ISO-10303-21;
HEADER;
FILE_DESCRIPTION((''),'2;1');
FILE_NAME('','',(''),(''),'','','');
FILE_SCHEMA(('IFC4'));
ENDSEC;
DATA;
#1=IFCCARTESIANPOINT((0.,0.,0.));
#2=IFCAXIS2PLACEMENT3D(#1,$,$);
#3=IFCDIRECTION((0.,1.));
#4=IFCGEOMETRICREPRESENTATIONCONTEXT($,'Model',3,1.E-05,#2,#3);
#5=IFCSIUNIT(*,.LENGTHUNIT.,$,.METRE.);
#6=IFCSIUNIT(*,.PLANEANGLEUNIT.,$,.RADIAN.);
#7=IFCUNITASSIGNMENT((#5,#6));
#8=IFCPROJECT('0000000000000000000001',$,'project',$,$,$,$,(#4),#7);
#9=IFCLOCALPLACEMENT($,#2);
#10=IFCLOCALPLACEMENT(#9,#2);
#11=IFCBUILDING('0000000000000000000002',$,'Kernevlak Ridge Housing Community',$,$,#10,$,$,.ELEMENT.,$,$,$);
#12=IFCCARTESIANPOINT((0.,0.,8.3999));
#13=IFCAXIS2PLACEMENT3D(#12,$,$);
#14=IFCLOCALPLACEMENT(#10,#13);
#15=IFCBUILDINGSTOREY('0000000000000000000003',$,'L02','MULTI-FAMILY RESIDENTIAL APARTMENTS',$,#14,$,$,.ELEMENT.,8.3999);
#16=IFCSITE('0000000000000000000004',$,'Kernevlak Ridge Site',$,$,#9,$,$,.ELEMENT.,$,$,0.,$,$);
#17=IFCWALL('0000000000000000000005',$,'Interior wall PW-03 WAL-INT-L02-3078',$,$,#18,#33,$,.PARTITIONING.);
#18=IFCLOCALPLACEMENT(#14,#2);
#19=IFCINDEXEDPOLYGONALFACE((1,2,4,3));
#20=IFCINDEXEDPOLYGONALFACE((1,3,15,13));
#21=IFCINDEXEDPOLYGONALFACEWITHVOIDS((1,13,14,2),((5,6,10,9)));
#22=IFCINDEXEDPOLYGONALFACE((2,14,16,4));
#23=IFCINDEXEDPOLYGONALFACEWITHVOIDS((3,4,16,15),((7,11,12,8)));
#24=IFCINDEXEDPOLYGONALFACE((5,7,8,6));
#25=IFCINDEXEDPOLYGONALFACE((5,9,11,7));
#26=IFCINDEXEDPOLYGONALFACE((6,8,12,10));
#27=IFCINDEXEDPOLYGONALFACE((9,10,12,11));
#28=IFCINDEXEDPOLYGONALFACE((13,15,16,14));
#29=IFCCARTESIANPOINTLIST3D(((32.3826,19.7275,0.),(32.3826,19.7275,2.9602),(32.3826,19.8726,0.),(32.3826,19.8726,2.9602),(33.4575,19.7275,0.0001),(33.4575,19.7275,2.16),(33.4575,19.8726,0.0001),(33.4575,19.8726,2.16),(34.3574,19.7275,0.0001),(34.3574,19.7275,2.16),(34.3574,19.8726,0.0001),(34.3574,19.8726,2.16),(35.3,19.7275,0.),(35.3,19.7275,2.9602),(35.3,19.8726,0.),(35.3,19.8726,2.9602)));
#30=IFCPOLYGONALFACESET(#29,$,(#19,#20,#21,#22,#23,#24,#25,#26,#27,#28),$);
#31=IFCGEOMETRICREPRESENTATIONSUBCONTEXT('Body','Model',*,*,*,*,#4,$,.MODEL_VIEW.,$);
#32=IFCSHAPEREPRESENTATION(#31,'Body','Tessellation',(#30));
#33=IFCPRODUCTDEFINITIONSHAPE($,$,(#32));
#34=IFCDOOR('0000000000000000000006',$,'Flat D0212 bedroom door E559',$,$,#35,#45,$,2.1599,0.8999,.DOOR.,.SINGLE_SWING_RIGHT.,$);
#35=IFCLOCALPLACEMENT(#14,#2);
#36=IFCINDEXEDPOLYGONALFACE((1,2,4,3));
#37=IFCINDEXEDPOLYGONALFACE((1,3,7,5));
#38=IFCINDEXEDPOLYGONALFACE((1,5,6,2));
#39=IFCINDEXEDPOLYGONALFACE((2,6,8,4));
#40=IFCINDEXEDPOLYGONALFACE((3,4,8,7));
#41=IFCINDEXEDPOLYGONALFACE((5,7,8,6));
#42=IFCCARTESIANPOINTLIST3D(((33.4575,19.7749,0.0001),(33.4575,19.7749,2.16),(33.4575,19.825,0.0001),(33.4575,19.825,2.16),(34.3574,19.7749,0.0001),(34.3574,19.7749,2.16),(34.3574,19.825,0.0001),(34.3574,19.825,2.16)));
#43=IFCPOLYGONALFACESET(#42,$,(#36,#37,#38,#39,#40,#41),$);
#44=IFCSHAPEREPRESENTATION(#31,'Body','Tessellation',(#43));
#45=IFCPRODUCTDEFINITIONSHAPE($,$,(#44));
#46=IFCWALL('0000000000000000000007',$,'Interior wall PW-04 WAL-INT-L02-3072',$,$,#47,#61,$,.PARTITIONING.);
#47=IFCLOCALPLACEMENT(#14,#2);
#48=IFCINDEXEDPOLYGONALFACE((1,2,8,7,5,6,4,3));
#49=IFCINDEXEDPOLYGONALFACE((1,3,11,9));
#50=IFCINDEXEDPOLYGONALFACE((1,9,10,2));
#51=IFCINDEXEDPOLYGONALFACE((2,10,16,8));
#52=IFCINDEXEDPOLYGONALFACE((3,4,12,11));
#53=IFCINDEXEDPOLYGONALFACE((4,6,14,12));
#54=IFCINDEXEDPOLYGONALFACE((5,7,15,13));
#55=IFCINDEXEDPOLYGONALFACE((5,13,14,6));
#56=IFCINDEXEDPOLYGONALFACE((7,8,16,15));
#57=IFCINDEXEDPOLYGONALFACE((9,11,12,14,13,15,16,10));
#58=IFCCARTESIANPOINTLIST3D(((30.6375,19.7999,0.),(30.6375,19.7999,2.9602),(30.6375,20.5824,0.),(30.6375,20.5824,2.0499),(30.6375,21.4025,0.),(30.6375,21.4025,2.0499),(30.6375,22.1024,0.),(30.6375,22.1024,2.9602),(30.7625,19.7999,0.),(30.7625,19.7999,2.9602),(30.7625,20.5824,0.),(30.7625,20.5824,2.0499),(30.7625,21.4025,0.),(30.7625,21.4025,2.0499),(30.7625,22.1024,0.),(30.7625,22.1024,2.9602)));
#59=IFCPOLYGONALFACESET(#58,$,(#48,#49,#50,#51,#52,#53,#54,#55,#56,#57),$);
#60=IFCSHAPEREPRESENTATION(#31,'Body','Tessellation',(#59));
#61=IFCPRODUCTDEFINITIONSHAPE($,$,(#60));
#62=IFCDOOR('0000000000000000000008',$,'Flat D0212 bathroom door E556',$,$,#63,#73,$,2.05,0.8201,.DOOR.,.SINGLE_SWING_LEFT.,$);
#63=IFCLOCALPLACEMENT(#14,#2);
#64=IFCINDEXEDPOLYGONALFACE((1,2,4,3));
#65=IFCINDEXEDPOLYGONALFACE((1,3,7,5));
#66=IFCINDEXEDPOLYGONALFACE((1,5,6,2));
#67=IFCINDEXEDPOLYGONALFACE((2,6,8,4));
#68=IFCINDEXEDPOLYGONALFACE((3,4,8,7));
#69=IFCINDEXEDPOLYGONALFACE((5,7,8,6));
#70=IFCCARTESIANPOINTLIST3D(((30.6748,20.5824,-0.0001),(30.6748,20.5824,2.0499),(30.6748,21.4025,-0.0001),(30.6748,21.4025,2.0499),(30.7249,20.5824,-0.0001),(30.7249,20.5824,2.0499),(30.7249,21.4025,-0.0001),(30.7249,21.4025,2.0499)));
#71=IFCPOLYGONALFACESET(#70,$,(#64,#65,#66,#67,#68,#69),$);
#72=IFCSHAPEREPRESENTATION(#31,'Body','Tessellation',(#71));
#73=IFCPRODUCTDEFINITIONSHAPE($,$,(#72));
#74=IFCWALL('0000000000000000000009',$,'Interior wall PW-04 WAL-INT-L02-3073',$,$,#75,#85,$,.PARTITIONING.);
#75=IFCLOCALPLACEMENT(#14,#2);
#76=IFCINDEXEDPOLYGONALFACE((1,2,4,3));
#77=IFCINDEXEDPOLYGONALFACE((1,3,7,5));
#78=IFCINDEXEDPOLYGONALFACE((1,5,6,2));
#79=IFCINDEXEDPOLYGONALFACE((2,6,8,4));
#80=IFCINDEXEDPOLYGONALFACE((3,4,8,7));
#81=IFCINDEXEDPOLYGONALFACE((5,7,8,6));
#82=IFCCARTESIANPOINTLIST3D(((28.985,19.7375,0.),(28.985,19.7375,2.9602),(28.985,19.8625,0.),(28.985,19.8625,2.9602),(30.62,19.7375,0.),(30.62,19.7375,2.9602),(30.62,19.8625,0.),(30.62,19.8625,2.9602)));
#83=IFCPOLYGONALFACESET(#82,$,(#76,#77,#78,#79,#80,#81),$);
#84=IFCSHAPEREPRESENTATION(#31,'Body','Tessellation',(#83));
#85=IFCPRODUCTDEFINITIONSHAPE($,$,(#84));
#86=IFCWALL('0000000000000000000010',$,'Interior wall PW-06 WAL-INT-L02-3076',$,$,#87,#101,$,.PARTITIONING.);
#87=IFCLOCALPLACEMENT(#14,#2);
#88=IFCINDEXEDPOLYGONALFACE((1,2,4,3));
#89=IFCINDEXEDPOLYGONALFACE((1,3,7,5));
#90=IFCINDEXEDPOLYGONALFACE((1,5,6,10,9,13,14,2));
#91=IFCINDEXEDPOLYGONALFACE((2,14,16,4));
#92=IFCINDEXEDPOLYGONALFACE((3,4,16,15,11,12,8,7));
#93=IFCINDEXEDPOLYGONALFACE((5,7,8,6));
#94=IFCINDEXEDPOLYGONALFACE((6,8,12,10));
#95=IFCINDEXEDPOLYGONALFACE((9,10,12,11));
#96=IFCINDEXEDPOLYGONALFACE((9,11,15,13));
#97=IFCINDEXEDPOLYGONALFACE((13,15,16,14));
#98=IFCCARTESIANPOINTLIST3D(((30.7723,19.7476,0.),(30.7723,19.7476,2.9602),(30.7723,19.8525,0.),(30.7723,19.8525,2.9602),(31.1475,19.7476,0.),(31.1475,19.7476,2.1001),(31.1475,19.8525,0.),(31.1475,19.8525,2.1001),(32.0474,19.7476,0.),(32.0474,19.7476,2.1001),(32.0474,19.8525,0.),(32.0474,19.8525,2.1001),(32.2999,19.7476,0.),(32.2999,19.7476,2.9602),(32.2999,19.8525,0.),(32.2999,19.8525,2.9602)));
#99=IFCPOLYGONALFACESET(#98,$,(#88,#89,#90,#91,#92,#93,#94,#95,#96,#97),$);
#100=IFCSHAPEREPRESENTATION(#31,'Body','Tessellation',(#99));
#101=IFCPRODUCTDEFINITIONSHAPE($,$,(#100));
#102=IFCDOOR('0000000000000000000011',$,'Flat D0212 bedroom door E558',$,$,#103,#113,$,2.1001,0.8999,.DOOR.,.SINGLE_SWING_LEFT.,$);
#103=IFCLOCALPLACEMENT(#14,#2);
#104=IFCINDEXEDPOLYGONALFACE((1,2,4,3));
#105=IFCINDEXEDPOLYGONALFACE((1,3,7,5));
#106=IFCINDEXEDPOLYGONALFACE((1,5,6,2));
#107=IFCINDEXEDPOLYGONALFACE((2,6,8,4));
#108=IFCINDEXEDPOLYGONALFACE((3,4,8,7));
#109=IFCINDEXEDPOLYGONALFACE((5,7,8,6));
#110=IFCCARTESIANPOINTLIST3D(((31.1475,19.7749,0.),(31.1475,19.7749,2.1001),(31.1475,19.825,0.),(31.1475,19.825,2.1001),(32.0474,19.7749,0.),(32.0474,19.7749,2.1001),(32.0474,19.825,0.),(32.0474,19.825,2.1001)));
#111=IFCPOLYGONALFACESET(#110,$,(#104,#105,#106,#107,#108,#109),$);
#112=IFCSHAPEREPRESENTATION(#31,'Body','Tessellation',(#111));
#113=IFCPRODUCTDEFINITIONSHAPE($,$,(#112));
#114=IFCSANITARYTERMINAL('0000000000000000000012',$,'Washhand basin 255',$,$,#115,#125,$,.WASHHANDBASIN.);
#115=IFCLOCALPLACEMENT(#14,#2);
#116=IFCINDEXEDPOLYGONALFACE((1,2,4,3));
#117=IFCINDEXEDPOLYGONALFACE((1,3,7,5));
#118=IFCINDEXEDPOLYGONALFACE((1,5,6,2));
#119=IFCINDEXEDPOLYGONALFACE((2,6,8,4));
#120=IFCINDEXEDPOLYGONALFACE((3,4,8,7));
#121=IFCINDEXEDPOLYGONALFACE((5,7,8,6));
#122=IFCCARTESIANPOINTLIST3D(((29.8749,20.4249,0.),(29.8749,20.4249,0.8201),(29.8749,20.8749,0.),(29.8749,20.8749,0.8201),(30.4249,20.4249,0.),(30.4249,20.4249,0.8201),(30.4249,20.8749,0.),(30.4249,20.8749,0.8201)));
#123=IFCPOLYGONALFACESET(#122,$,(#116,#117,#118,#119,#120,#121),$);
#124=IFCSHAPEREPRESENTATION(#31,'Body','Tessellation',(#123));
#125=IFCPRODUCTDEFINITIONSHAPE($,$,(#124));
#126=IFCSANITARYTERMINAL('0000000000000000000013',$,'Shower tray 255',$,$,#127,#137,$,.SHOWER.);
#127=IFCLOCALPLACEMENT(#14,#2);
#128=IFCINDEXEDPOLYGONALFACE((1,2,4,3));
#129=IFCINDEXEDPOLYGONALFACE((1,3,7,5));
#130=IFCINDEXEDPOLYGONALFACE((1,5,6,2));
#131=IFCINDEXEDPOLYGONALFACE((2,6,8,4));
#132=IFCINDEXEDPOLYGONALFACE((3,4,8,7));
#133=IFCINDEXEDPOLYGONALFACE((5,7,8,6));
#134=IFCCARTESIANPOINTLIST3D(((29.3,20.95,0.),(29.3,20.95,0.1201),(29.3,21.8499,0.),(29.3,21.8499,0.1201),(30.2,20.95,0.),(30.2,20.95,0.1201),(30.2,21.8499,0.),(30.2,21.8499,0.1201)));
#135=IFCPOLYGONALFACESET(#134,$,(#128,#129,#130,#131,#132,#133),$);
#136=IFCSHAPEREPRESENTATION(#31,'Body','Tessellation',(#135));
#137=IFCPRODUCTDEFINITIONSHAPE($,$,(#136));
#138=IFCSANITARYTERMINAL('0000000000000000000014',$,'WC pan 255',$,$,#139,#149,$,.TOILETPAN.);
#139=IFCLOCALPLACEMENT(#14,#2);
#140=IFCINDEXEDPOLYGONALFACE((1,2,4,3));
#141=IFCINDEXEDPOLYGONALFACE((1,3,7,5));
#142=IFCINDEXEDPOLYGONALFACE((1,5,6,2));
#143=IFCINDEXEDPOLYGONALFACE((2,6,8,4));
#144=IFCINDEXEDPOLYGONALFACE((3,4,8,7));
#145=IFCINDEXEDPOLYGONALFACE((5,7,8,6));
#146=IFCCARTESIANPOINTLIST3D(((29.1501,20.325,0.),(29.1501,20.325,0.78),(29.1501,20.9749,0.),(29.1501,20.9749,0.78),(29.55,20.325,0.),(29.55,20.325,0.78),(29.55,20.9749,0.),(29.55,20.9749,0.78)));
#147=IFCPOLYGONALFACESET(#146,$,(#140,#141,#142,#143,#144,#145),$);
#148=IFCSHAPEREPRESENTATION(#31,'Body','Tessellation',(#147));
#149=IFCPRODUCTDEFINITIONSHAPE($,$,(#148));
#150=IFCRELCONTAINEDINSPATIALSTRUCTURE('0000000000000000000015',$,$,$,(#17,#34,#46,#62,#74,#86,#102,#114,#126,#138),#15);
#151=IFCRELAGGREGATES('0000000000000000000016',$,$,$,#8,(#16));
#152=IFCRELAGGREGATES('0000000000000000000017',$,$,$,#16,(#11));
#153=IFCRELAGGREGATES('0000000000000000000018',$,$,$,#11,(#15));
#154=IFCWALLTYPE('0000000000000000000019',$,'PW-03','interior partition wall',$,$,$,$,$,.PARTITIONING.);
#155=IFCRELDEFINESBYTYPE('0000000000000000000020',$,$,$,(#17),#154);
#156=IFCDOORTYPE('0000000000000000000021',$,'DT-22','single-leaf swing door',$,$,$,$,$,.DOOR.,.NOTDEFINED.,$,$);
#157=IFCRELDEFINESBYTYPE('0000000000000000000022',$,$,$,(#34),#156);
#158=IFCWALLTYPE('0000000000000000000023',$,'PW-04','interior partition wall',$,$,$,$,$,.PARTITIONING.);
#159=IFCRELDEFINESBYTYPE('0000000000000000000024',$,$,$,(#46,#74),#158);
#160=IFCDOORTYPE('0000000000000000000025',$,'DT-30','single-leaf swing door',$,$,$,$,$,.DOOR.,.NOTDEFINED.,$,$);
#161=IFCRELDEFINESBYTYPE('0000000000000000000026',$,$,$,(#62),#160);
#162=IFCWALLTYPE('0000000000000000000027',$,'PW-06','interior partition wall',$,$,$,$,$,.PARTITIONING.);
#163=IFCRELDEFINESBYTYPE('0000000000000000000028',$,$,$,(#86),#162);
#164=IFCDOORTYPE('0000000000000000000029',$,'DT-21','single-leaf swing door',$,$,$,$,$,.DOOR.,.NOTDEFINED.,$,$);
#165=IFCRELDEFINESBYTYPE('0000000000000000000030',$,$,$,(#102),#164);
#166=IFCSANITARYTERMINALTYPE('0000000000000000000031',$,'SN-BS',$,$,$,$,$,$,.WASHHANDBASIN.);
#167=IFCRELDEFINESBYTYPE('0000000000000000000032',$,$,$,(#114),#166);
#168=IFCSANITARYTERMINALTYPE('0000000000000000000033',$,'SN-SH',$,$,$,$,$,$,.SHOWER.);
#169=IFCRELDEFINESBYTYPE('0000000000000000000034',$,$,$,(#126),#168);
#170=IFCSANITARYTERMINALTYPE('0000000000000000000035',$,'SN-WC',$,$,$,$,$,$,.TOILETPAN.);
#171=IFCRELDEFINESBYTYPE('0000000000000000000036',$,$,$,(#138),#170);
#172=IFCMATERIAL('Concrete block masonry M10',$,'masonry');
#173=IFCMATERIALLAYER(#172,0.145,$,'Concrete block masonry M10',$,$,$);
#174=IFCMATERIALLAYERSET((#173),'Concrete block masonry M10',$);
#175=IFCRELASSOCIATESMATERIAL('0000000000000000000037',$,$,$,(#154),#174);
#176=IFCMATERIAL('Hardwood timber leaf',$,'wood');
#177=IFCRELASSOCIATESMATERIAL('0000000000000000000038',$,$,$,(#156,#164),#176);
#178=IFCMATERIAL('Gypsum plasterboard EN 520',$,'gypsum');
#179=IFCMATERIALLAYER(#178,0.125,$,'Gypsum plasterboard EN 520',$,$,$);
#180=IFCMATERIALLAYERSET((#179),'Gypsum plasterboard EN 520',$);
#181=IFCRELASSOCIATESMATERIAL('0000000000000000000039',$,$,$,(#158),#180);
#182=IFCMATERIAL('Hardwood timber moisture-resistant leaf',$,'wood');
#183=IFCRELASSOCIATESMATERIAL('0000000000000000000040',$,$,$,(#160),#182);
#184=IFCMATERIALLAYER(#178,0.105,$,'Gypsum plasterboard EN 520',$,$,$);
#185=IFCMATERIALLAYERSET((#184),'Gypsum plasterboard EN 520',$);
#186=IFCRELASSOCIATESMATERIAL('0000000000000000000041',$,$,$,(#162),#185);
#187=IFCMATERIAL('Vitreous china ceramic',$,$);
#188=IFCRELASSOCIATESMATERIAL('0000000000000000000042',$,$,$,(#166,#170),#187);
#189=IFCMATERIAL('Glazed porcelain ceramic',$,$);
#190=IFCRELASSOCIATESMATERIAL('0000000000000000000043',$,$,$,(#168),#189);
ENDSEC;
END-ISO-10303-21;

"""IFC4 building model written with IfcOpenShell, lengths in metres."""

from ifc_helpers import new_model, si_unit, direction, frame, frame_2d, origin, origin_2d, place, context, subcontext, project, spatial, rectangle, extrude, material, layer, layer_set, type_object, element, fill, save


model = new_model("IFC4")

# Units and contexts
model_context = context("Model", 3, precision=1e-05, world=origin(), true_north=direction((0.0, 1.0)))
body_context = subcontext(model_context, "Body", "Model", "MODEL_VIEW")
ifc_project = project(units=[si_unit("LENGTHUNIT", "METRE"), si_unit("PLANEANGLEUNIT", "RADIAN")], contexts=[model_context])

# Site, building, storey
site_placement = place(None, origin())
site = spatial("IfcSite", under=ifc_project, at=site_placement, Name="Kernevlak Ridge Site", CompositionType="ELEMENT", RefElevation=0.0)
building_placement = place(site_placement, origin())
building = spatial("IfcBuilding", under=site, at=building_placement, Name="Kernevlak Ridge Housing Community", CompositionType="ELEMENT")
storey_placement = place(building_placement, frame((0.0, 0.0, 8.3999)))
storey = spatial("IfcBuildingStorey", under=building, at=storey_placement, Name="L02", Description="MULTI-FAMILY RESIDENTIAL APARTMENTS", CompositionType="ELEMENT", Elevation=8.3999)

# Shared definitions
ifc_material_1 = material(Name="Concrete block masonry M10", Category="masonry")

# Shared definitions
ifc_layer_1 = layer(ifc_material_1, 0.145, Name="Concrete block masonry M10")
ifc_layer_set_1 = layer_set([ifc_layer_1], Name="Concrete block masonry M10")
wall_type_1 = type_object("IfcWallType", Name="PW-03", Description="interior partition wall", PredefinedType="PARTITIONING", material=ifc_layer_set_1)

# Walls, openings, doors
wall_1_placement = place(storey_placement, frame((32.3826, 19.8, 0.0), z_axis=(0.0, 0.0, 1.0), x_axis=(1.0, 0.0, 0.0)))
wall_1 = element("IfcWall", 1, at=wall_1_placement, inside=storey, type_object=wall_type_1, Name="Interior wall PW-03 WAL-INT-L02-3078", PredefinedType="PARTITIONING", context=body_context, shape_type="SweptSolid", body=[
    extrude(rectangle(XDim=2.9175, YDim=0.145, at=frame_2d((1.4587, 0.0))), origin(), (0.0, 0.0, 1.0), 2.9602),
])
opening_1_placement = place(wall_1_placement, frame((1.075, 0.0, 0.0)))
opening_1 = element("IfcOpeningElement", 2, at=opening_1_placement, cuts=wall_1, PredefinedType="OPENING", context=body_context, shape_type="SweptSolid", body=[
    extrude(rectangle(XDim=0.8999, YDim=2.1599, at=frame_2d((0.45, 1.0801))), frame((0.0, 0.0825, 0.0), z_axis=(0.0, -1.0, 0.0), x_axis=(1.0, 0.0, 0.0)), (0.0, 0.0, 1.0), 0.165),
])
ifc_material_2 = material(Name="Hardwood timber leaf", Category="wood")
door_type_1 = type_object("IfcDoorType", Name="DT-22", Description="single-leaf swing door", OperationType="NOTDEFINED", PredefinedType="DOOR", material=ifc_material_2)
door_1_placement = place(opening_1_placement, origin())
door_1 = element("IfcDoor", 3, at=door_1_placement, inside=storey, type_object=door_type_1, Name="Flat D0212 bedroom door E559", OperationType="SINGLE_SWING_RIGHT", OverallHeight=2.1599, OverallWidth=0.8999, PredefinedType="DOOR", context=body_context, shape_type="SweptSolid", body=[
    extrude(rectangle(XDim=0.8999, YDim=2.1599, at=frame_2d((0.45, 1.0801))), frame((0.0, 0.0249, 0.0), z_axis=(0.0, -1.0, 0.0), x_axis=(1.0, 0.0, 0.0)), (0.0, 0.0, 1.0), 0.05),
])
fill(opening_1, door_1)
ifc_material_3 = material(Name="Gypsum plasterboard EN 520", Category="gypsum")
ifc_layer_2 = layer(ifc_material_3, 0.125, Name="Gypsum plasterboard EN 520")
ifc_layer_set_2 = layer_set([ifc_layer_2], Name="Gypsum plasterboard EN 520")
wall_type_2 = type_object("IfcWallType", Name="PW-04", Description="interior partition wall", PredefinedType="PARTITIONING", material=ifc_layer_set_2)
wall_2_placement = place(storey_placement, frame((30.7, 22.1025, 0.0), z_axis=(0.0, 0.0, 1.0), x_axis=(0.0, -1.0, 0.0)))
wall_2 = element("IfcWall", 4, at=wall_2_placement, inside=storey, type_object=wall_type_2, Name="Interior wall PW-04 WAL-INT-L02-3072", PredefinedType="PARTITIONING", context=body_context, shape_type="SweptSolid", body=[
    extrude(rectangle(XDim=2.3025, YDim=0.125, at=frame_2d((1.1514, 0.0))), origin(), (0.0, 0.0, 1.0), 2.9602),
])
opening_2_placement = place(wall_2_placement, frame((0.7, 0.0, 0.0)))
opening_2 = element("IfcOpeningElement", 5, at=opening_2_placement, cuts=wall_2, PredefinedType="OPENING", context=body_context, shape_type="SweptSolid", body=[
    extrude(rectangle(XDim=0.8201, YDim=2.05, at=frame_2d((0.4102, 1.0249))), frame((0.0, 0.0725, 0.0), z_axis=(0.0, -1.0, 0.0), x_axis=(1.0, 0.0, 0.0)), (0.0, 0.0, 1.0), 0.145),
])
ifc_material_4 = material(Name="Hardwood timber moisture-resistant leaf", Category="wood")
door_type_2 = type_object("IfcDoorType", Name="DT-30", Description="single-leaf swing door", OperationType="NOTDEFINED", PredefinedType="DOOR", material=ifc_material_4)
door_2_placement = place(opening_2_placement, origin())
door_2 = element("IfcDoor", 6, at=door_2_placement, inside=storey, type_object=door_type_2, Name="Flat D0212 bathroom door E556", OperationType="SINGLE_SWING_LEFT", OverallHeight=2.05, OverallWidth=0.8201, PredefinedType="DOOR", context=body_context, shape_type="SweptSolid", body=[
    extrude(rectangle(XDim=0.8201, YDim=2.05, at=frame_2d((0.4102, 1.0249))), frame((0.0, 0.0249, 0.0), z_axis=(0.0, -1.0, 0.0), x_axis=(1.0, 0.0, 0.0)), (0.0, 0.0, 1.0), 0.05),
])
fill(opening_2, door_2)

# Wall
wall_3_placement = place(storey_placement, frame((28.9851, 19.8, 0.0), z_axis=(0.0, 0.0, 1.0), x_axis=(1.0, 0.0, 0.0)))
element("IfcWall", 7, at=wall_3_placement, inside=storey, type_object=wall_type_2, Name="Interior wall PW-04 WAL-INT-L02-3073", PredefinedType="PARTITIONING", context=body_context, shape_type="SweptSolid", body=[
    extrude(rectangle(XDim=1.635, YDim=0.125, at=frame_2d((0.8174, 0.0))), origin(), (0.0, 0.0, 1.0), 2.9602),
])

# Wall, opening, door
ifc_layer_3 = layer(ifc_material_3, 0.105, Name="Gypsum plasterboard EN 520")
ifc_layer_set_3 = layer_set([ifc_layer_3], Name="Gypsum plasterboard EN 520")
wall_type_3 = type_object("IfcWallType", Name="PW-06", Description="interior partition wall", PredefinedType="PARTITIONING", material=ifc_layer_set_3)
wall_4_placement = place(storey_placement, frame((30.7725, 19.8, 0.0), z_axis=(0.0, 0.0, 1.0), x_axis=(1.0, 0.0, 0.0)))
wall_4 = element("IfcWall", 8, at=wall_4_placement, inside=storey, type_object=wall_type_3, Name="Interior wall PW-06 WAL-INT-L02-3076", PredefinedType="PARTITIONING", context=body_context, shape_type="SweptSolid", body=[
    extrude(rectangle(XDim=1.5276, YDim=0.105, at=frame_2d((0.7637, 0.0))), origin(), (0.0, 0.0, 1.0), 2.9602),
])
opening_3_placement = place(wall_4_placement, frame((0.375, 0.0, 0.0)))
opening_3 = element("IfcOpeningElement", 9, at=opening_3_placement, cuts=wall_4, PredefinedType="OPENING", context=body_context, shape_type="SweptSolid", body=[
    extrude(rectangle(XDim=0.8999, YDim=2.1001, at=frame_2d((0.45, 1.05))), frame((0.0, 0.0625, 0.0), z_axis=(0.0, -1.0, 0.0), x_axis=(1.0, 0.0, 0.0)), (0.0, 0.0, 1.0), 0.125),
])
door_type_3 = type_object("IfcDoorType", Name="DT-21", Description="single-leaf swing door", OperationType="NOTDEFINED", PredefinedType="DOOR", material=ifc_material_2)
door_3_placement = place(opening_3_placement, origin())
door_3 = element("IfcDoor", 10, at=door_3_placement, inside=storey, type_object=door_type_3, Name="Flat D0212 bedroom door E558", OperationType="SINGLE_SWING_LEFT", OverallHeight=2.1001, OverallWidth=0.8999, PredefinedType="DOOR", context=body_context, shape_type="SweptSolid", body=[
    extrude(rectangle(XDim=0.8999, YDim=2.1001, at=frame_2d((0.45, 1.05))), frame((0.0, 0.0249, 0.0), z_axis=(0.0, -1.0, 0.0), x_axis=(1.0, 0.0, 0.0)), (0.0, 0.0, 1.0), 0.05),
])
fill(opening_3, door_3)

# Sanitary terminals
ifc_material_5 = material(Name="Vitreous china ceramic")
sanitary_terminal_type_1 = type_object("IfcSanitaryTerminalType", Name="SN-BS", PredefinedType="WASHHANDBASIN", material=ifc_material_5)
sanitary_terminal_1_placement = place(storey_placement, frame((30.1499, 20.6499, 0.0), z_axis=(0.0, 0.0, 1.0), x_axis=(1.0, 0.0, 0.0)))
element("IfcSanitaryTerminal", 11, at=sanitary_terminal_1_placement, inside=storey, type_object=sanitary_terminal_type_1, Name="Washhand basin 255", PredefinedType="WASHHANDBASIN", context=body_context, shape_type="SweptSolid", body=[
    extrude(rectangle(XDim=0.55, YDim=0.45, at=origin_2d()), origin(), (0.0, 0.0, 1.0), 0.8201),
])
ifc_material_6 = material(Name="Glazed porcelain ceramic")
sanitary_terminal_type_2 = type_object("IfcSanitaryTerminalType", Name="SN-SH", PredefinedType="SHOWER", material=ifc_material_6)
sanitary_terminal_2_placement = place(storey_placement, frame((29.75, 21.3999, 0.0), z_axis=(0.0, 0.0, 1.0), x_axis=(1.0, 0.0, 0.0)))
element("IfcSanitaryTerminal", 12, at=sanitary_terminal_2_placement, inside=storey, type_object=sanitary_terminal_type_2, Name="Shower tray 255", PredefinedType="SHOWER", context=body_context, shape_type="SweptSolid", body=[
    extrude(rectangle(XDim=0.8999, YDim=0.8999, at=origin_2d()), origin(), (0.0, 0.0, 1.0), 0.1201),
])
sanitary_terminal_type_3 = type_object("IfcSanitaryTerminalType", Name="SN-WC", PredefinedType="TOILETPAN", material=ifc_material_5)
sanitary_terminal_3_placement = place(storey_placement, frame((29.3501, 20.6499, 0.0), z_axis=(0.0, 0.0, 1.0), x_axis=(1.0, 0.0, 0.0)))
element("IfcSanitaryTerminal", 13, at=sanitary_terminal_3_placement, inside=storey, type_object=sanitary_terminal_type_3, Name="WC pan 255", PredefinedType="TOILETPAN", context=body_context, shape_type="SweptSolid", body=[
    extrude(rectangle(XDim=0.3999, YDim=0.6499, at=origin_2d()), origin(), (0.0, 0.0, 1.0), 0.78),
])

save(model, "model.ifc")
